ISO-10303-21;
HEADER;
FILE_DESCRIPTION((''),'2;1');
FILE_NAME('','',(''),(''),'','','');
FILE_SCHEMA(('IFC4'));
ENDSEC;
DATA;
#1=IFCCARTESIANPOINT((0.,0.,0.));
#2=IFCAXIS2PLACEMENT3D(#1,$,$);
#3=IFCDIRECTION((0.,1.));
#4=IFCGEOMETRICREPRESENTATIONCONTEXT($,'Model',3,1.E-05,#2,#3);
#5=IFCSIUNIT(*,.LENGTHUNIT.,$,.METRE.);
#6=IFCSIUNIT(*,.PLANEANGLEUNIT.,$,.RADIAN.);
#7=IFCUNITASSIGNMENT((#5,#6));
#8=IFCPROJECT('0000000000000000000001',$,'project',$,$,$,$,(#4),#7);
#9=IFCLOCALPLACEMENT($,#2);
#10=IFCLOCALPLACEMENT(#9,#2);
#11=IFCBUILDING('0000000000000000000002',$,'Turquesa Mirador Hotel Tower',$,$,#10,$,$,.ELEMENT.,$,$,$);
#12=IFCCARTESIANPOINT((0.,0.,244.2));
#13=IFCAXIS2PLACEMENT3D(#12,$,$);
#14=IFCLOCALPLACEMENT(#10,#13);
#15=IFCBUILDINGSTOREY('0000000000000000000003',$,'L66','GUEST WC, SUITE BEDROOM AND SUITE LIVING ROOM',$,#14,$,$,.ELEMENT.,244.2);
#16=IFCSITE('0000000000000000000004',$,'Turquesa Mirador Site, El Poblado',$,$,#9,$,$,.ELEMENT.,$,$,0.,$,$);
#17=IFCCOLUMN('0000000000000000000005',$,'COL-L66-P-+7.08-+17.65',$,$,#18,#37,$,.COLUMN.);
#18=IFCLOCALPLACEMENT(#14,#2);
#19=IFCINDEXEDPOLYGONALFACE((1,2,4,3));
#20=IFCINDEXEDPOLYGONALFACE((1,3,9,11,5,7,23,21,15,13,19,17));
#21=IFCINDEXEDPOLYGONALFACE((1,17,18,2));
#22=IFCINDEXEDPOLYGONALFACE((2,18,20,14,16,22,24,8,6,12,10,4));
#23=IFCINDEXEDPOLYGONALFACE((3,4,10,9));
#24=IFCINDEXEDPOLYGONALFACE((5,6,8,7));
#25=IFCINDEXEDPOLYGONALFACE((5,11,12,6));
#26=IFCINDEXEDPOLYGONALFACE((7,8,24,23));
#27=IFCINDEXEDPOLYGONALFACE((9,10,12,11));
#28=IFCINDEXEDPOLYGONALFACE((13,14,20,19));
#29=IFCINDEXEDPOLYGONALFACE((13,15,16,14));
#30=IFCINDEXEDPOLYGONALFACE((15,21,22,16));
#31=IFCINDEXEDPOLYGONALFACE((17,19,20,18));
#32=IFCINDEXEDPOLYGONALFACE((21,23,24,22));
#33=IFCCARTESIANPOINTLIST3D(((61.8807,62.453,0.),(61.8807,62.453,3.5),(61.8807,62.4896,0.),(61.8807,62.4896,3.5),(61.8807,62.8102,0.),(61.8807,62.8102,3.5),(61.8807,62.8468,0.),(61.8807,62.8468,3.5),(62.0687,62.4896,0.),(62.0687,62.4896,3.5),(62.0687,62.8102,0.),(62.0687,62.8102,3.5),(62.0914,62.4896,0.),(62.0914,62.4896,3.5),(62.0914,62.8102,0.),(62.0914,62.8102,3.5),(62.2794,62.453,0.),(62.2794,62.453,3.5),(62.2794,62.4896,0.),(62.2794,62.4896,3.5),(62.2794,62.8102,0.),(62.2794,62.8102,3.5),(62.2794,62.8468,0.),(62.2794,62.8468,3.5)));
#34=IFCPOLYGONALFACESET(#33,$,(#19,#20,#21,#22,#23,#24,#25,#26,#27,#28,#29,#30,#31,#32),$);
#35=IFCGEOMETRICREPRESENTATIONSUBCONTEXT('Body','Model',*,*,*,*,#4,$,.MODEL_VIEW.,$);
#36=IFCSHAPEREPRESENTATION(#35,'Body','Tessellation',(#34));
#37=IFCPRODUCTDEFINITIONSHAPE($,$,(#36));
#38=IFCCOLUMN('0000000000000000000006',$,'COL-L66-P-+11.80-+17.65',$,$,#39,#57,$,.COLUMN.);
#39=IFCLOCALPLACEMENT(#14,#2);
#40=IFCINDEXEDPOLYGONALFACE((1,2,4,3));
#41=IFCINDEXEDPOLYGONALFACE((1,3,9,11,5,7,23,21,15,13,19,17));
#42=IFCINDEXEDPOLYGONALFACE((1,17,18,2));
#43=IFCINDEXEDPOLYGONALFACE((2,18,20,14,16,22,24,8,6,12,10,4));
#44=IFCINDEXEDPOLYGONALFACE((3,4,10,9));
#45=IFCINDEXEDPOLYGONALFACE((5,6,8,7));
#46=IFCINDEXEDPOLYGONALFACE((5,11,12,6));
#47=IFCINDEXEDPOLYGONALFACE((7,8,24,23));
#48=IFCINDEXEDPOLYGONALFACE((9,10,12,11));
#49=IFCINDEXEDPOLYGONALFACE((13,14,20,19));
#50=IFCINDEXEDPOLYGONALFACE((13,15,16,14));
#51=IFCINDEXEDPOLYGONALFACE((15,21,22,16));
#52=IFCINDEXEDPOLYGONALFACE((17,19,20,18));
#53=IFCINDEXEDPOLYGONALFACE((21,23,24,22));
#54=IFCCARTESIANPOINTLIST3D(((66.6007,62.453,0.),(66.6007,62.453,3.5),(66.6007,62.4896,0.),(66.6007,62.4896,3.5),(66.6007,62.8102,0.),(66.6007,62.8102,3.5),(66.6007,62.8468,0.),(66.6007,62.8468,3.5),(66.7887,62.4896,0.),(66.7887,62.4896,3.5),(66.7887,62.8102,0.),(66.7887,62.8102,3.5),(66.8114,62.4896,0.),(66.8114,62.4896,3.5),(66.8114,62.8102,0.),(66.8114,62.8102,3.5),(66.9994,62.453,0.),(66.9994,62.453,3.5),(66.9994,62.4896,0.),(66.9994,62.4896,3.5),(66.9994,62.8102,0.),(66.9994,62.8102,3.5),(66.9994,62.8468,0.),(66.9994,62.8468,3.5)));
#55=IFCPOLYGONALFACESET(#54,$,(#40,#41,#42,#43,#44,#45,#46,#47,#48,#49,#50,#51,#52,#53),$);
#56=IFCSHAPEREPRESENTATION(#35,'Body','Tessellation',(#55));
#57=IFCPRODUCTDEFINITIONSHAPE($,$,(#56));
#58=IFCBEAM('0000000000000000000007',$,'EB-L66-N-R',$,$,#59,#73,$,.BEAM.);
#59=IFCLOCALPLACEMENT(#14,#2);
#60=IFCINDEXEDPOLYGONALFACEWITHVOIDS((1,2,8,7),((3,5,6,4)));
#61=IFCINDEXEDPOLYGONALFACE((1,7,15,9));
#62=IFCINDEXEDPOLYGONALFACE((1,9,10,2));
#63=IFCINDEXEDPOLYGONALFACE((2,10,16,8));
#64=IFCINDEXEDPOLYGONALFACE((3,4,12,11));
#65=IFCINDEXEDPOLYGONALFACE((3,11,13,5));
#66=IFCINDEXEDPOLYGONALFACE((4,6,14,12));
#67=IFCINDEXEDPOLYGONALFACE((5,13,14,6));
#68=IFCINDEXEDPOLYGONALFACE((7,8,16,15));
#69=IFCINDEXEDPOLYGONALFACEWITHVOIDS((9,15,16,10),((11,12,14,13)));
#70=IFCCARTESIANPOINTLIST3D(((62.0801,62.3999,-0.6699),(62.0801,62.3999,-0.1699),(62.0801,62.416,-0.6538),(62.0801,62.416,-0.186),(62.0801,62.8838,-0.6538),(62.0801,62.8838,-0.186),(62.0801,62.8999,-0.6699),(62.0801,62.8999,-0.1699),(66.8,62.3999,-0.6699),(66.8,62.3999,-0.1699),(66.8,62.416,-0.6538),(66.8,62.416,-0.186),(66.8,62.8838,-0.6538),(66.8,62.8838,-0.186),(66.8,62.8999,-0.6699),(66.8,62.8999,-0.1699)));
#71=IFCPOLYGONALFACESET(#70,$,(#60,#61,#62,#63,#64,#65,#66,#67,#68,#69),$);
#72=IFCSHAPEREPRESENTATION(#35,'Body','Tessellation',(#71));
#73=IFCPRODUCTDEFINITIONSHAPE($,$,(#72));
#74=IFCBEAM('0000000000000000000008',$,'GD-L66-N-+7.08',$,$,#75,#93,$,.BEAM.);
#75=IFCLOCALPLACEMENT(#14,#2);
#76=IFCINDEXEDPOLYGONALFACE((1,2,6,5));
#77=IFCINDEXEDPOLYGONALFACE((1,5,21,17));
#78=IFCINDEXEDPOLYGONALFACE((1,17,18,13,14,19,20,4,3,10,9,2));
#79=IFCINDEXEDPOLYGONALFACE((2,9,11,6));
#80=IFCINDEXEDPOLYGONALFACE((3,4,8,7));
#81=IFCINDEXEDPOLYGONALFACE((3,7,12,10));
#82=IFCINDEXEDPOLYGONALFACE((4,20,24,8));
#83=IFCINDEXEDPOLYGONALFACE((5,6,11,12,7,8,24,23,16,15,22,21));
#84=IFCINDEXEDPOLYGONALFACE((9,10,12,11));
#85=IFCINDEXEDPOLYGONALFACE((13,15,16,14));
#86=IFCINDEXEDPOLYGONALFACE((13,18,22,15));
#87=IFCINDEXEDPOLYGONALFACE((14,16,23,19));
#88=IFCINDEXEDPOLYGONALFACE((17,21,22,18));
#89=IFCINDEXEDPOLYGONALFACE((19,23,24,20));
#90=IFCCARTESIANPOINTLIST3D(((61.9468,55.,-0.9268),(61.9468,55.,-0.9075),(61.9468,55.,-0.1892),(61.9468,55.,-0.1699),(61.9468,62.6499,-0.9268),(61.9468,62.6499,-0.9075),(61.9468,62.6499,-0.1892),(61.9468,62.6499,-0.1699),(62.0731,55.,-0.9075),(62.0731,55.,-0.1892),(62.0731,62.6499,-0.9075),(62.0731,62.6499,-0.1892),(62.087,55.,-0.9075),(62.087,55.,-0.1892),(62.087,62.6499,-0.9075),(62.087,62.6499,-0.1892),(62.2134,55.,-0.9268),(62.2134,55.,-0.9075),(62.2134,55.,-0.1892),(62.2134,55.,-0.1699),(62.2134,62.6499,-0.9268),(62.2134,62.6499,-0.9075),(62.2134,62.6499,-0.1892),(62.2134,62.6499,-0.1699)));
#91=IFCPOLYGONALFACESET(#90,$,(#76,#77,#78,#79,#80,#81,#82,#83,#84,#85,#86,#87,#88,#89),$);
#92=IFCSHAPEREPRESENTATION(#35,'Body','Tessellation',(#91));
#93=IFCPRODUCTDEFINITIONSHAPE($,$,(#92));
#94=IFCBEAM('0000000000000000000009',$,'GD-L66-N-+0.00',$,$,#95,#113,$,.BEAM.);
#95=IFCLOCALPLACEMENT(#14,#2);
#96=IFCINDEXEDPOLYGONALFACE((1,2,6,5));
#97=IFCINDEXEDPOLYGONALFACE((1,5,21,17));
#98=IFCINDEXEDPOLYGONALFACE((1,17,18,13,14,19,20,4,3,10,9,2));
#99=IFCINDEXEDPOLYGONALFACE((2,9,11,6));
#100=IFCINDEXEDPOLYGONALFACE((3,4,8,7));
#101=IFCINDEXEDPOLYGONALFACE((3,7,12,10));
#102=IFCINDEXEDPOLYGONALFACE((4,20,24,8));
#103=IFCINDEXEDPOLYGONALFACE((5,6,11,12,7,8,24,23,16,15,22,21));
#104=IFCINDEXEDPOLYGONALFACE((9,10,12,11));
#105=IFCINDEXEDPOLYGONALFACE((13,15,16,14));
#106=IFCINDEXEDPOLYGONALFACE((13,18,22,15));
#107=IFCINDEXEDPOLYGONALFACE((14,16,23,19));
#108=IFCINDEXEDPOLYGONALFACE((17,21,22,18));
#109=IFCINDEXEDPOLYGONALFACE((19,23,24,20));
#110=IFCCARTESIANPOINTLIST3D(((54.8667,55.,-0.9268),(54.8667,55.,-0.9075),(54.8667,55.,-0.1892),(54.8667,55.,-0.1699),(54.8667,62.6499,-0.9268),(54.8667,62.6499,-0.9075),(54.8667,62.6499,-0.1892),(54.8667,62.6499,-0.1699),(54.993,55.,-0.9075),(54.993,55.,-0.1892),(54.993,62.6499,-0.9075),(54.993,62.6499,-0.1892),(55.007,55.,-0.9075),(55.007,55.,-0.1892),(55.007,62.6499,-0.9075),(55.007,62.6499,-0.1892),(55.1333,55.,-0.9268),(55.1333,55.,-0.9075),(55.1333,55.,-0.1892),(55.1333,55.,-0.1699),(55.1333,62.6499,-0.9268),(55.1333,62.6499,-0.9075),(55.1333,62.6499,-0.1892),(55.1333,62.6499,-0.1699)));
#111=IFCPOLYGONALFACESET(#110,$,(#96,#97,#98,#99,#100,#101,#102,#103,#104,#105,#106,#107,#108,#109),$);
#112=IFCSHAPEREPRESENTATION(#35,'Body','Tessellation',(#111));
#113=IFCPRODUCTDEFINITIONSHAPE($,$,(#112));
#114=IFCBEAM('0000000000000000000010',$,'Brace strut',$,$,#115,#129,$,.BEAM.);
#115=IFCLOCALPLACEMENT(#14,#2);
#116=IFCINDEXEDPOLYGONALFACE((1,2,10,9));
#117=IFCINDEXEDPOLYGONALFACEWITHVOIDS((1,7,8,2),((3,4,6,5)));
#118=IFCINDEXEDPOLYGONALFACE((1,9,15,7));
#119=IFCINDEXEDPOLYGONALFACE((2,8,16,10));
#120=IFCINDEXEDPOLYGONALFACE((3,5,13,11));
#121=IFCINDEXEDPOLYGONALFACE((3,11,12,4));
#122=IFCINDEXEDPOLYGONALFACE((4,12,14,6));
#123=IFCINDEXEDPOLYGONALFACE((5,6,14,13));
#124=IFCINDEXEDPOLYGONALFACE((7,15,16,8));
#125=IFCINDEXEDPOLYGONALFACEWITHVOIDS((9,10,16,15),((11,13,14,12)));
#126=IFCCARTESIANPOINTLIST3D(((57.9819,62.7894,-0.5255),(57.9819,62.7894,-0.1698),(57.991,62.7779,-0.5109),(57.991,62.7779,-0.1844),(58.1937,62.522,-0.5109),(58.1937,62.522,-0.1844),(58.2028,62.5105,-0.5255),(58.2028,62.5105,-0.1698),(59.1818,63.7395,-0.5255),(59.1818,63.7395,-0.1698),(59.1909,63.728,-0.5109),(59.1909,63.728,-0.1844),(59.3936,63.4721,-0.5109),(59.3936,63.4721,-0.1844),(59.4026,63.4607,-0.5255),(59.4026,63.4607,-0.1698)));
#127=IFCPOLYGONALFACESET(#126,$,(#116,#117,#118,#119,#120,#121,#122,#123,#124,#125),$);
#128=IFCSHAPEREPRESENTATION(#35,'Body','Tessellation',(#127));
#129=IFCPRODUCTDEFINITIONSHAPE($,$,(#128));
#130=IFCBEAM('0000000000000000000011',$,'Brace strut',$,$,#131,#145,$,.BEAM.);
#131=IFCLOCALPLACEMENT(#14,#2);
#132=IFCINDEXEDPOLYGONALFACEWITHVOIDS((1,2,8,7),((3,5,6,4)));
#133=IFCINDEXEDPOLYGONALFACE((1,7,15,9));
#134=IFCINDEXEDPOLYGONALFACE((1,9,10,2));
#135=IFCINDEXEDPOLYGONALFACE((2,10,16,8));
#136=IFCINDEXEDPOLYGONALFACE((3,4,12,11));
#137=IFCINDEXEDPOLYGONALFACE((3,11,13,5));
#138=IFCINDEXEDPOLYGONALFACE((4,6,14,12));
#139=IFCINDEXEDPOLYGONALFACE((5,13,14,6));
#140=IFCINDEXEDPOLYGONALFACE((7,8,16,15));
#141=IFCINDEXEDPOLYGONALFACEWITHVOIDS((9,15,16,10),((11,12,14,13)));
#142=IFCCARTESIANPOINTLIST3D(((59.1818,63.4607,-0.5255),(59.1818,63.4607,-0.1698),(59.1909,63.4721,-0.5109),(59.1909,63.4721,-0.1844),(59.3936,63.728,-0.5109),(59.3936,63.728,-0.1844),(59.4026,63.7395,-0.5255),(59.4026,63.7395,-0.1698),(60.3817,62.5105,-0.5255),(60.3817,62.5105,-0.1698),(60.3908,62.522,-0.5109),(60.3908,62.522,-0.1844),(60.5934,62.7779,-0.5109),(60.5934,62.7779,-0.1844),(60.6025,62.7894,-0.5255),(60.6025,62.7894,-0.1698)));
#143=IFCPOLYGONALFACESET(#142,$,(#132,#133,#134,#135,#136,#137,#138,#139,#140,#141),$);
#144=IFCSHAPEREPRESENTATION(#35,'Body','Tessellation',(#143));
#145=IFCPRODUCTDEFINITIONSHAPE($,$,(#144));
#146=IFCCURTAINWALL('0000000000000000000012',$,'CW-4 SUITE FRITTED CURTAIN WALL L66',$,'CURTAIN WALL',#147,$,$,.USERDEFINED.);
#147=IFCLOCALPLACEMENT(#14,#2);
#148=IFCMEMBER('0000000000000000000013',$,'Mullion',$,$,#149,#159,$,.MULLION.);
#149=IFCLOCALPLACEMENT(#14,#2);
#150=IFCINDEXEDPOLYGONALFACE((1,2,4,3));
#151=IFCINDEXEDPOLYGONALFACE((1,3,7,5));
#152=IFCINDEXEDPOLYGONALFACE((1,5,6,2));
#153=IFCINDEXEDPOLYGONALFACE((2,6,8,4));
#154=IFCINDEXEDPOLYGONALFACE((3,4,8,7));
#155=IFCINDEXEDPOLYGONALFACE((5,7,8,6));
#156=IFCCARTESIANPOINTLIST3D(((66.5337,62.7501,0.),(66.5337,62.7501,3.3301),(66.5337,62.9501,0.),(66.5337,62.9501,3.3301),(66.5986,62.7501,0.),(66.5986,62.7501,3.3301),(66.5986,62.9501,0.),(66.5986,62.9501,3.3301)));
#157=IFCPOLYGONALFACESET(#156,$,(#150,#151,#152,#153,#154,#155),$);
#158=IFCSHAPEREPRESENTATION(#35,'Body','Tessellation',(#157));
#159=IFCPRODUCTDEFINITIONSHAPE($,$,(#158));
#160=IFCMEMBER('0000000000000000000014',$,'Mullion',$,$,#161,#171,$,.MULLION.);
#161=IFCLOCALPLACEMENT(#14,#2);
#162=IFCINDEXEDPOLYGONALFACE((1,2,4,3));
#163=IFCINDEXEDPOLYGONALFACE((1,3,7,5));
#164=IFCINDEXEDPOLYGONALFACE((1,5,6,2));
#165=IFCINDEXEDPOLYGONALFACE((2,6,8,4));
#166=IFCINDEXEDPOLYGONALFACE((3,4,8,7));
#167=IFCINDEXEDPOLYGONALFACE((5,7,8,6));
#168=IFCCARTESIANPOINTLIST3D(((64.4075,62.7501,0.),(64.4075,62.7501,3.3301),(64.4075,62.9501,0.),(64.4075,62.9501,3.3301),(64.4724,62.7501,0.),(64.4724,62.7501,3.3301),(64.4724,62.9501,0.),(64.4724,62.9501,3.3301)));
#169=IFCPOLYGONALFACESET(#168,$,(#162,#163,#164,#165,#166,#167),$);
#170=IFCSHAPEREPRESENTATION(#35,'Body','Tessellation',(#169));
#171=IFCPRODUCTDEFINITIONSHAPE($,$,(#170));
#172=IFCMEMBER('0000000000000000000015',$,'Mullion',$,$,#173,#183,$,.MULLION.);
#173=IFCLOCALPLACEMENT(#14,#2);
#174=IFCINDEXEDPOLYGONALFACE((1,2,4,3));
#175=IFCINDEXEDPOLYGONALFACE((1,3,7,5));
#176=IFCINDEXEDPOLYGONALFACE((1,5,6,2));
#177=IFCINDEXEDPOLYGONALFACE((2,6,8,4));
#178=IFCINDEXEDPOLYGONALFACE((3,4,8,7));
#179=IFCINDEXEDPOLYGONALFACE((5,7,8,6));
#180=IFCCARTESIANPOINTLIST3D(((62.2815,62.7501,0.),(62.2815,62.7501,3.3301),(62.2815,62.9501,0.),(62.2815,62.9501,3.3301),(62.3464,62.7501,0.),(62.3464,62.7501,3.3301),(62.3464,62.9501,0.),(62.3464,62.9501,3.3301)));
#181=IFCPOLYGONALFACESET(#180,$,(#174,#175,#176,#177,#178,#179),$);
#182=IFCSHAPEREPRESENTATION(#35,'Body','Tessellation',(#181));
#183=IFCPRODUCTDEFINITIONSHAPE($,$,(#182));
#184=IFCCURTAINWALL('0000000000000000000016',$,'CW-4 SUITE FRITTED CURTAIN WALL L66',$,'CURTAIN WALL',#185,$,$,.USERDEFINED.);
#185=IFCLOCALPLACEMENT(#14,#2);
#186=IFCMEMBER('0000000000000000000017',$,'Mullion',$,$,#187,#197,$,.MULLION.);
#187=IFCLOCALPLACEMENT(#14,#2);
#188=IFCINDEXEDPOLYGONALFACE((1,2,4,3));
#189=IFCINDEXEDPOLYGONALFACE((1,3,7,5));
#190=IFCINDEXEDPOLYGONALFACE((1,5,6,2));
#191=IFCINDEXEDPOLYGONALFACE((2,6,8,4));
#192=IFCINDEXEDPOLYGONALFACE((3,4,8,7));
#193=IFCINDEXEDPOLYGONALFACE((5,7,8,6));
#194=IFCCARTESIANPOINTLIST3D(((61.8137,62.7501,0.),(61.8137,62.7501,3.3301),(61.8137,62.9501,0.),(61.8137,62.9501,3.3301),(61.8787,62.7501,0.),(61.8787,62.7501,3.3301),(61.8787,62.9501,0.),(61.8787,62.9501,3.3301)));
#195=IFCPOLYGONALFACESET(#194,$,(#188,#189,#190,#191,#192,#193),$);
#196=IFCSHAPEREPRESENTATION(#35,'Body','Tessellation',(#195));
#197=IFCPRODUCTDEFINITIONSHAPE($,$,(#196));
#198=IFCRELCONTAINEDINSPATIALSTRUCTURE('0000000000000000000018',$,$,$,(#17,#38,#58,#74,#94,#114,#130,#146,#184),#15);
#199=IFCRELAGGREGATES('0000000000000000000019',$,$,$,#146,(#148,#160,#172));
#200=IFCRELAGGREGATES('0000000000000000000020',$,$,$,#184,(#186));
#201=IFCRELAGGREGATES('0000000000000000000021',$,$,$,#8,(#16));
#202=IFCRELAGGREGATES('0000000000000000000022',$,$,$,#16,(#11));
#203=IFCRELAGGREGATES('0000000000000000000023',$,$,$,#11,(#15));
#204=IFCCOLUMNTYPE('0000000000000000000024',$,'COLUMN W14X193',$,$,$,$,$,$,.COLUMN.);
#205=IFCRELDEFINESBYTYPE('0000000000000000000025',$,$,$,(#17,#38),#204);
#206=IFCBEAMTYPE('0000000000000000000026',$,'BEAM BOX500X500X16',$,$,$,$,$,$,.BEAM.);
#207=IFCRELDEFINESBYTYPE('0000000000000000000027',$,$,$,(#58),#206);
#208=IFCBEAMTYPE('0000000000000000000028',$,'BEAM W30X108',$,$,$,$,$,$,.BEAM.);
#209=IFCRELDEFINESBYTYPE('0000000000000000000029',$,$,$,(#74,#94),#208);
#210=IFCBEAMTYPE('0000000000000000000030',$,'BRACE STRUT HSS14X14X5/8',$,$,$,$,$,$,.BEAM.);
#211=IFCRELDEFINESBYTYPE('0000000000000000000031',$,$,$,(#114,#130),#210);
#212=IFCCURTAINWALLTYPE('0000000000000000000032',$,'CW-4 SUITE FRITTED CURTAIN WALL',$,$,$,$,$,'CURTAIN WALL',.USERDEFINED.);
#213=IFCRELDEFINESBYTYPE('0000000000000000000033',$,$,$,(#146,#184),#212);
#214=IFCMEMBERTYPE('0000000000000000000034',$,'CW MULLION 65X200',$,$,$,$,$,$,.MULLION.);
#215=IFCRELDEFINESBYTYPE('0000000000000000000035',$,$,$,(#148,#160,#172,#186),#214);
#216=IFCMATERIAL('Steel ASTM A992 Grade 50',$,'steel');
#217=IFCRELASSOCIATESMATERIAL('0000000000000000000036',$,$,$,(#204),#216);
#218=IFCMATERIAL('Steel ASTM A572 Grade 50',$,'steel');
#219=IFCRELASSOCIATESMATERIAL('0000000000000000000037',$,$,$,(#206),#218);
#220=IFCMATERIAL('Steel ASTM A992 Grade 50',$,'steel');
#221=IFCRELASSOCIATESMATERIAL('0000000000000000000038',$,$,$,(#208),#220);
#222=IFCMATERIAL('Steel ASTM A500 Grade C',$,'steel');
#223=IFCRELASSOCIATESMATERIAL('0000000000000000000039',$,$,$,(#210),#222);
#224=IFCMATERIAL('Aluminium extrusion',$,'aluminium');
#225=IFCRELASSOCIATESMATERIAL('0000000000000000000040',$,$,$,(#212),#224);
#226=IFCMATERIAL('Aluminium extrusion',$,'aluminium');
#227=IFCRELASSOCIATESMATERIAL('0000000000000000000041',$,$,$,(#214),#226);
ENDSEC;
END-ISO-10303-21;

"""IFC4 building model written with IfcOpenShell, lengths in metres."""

from ifc_helpers import new_model, si_unit, direction, frame, origin, origin_2d, place, context, subcontext, project, spatial, rectangle, hollow_rectangle, i_section, extrude, material, material_profile, profile_set, type_object, element, aggregate, save


model = new_model("IFC4")

# Units and contexts
model_context = context("Model", 3, precision=1e-05, world=origin(), true_north=direction((0.0, 1.0)))
body_context = subcontext(model_context, "Body", "Model", "MODEL_VIEW")
ifc_project = project(units=[si_unit("LENGTHUNIT", "METRE"), si_unit("PLANEANGLEUNIT", "RADIAN")], contexts=[model_context])

# Site, building, storey
site_placement = place(None, origin())
site = spatial("IfcSite", under=ifc_project, at=site_placement, Name="Turquesa Mirador Site, El Poblado", CompositionType="ELEMENT", RefElevation=0.0)
building_placement = place(site_placement, origin())
building = spatial("IfcBuilding", under=site, at=building_placement, Name="Turquesa Mirador Hotel Tower", CompositionType="ELEMENT")
storey_placement = place(building_placement, frame((0.0, 0.0, 244.2)))
storey = spatial("IfcBuildingStorey", under=building, at=storey_placement, Name="L66", Description="GUEST WC, SUITE BEDROOM AND SUITE LIVING ROOM", CompositionType="ELEMENT", Elevation=244.2)

# Columns
ifc_material_1 = material(Name="Steel ASTM A992 Grade 50", Category="steel")
ifc_material_profile_1 = material_profile(ifc_material_1, i_section(OverallWidth=0.3987, OverallDepth=0.3938, WebThickness=0.0227, FlangeThickness=0.0366, at=origin_2d()), Name="W14X193")
ifc_profile_set_1 = profile_set([ifc_material_profile_1], Name="Steel ASTM A992 Grade 50")
column_type = type_object("IfcColumnType", Name="COLUMN W14X193", PredefinedType="COLUMN", material=ifc_profile_set_1)
for number, where, z_axis, x_axis, name in (
    (1, (62.0801, 62.6499, 0.0), (0.0, 0.0, 1.0), (1.0, 0.0, 0.0), "COL-L66-P-+7.08-+17.65"),
    (2, (66.8, 62.6499, 0.0), (0.0, 0.0, 1.0), (1.0, 0.0, 0.0), "COL-L66-P-+11.80-+17.65"),
):
    element("IfcColumn", number, at=place(storey_placement, frame(where, z_axis=z_axis, x_axis=x_axis)), inside=storey, type_object=column_type, Name=name, PredefinedType="COLUMN", context=body_context, shape_type="SweptSolid", body=[
        extrude(i_section(OverallWidth=0.3987, OverallDepth=0.3938, WebThickness=0.0227, FlangeThickness=0.0366, at=origin_2d()), origin(), (0.0, 0.0, 1.0), 3.5),
    ])

# Beams
ifc_material_2 = material(Name="Steel ASTM A572 Grade 50", Category="steel")
ifc_material_profile_2 = material_profile(ifc_material_2, hollow_rectangle(XDim=0.5, YDim=0.5, WallThickness=0.0161, at=origin_2d()), Name="BOX500X500X16")
ifc_profile_set_2 = profile_set([ifc_material_profile_2], Name="Steel ASTM A572 Grade 50")
beam_type_1 = type_object("IfcBeamType", Name="BEAM BOX500X500X16", PredefinedType="BEAM", material=ifc_profile_set_2)
beam_placement = place(storey_placement, frame((62.0801, 62.6499, -0.4199), z_axis=(1.0, 0.0, 0.0), x_axis=(0.0, 1.0, 0.0)))
element("IfcBeam", 3, at=beam_placement, inside=storey, type_object=beam_type_1, Name="EB-L66-N-R", PredefinedType="BEAM", context=body_context, shape_type="SweptSolid", body=[
    extrude(hollow_rectangle(XDim=0.5, YDim=0.5, WallThickness=0.0161, at=origin_2d()), origin(), (0.0, 0.0, 1.0), 4.72),
])
ifc_material_3 = material(Name="Steel ASTM A992 Grade 50", Category="steel")
ifc_material_profile_3 = material_profile(ifc_material_3, i_section(OverallWidth=0.2666, OverallDepth=0.7568, WebThickness=0.0139, FlangeThickness=0.0193, at=origin_2d()), Name="W30X108")
ifc_profile_set_3 = profile_set([ifc_material_profile_3], Name="Steel ASTM A992 Grade 50")
beam_type_2 = type_object("IfcBeamType", Name="BEAM W30X108", PredefinedType="BEAM", material=ifc_profile_set_3)
for number, where, z_axis, x_axis, name in (
    (4, (62.0801, 62.6499, -0.5483), (0.0, -1.0, 0.0), (1.0, 0.0, 0.0), "GD-L66-N-+7.08"),
    (5, (55.0, 62.6499, -0.5483), (0.0, -1.0, 0.0), (1.0, 0.0, 0.0), "GD-L66-N-+0.00"),
):
    element("IfcBeam", number, at=place(storey_placement, frame(where, z_axis=z_axis, x_axis=x_axis)), inside=storey, type_object=beam_type_2, Name=name, PredefinedType="BEAM", context=body_context, shape_type="SweptSolid", body=[
        extrude(i_section(OverallWidth=0.2666, OverallDepth=0.7568, WebThickness=0.0139, FlangeThickness=0.0193, at=origin_2d()), origin(), (0.0, 0.0, 1.0), 7.6499),
    ])
ifc_material_4 = material(Name="Steel ASTM A500 Grade C", Category="steel")
ifc_material_profile_4 = material_profile(ifc_material_4, hollow_rectangle(XDim=0.3557, YDim=0.3557, WallThickness=0.0146, at=origin_2d()), Name="HSS14X14X5/8")
ifc_profile_set_4 = profile_set([ifc_material_profile_4], Name="Steel ASTM A500 Grade C")
beam_type_3 = type_object("IfcBeamType", Name="BRACE STRUT HSS14X14X5/8", PredefinedType="BEAM", material=ifc_profile_set_4)
for number, where, z_axis, x_axis, name in (
    (6, (59.2922, 63.6001, -0.3477), (-0.783971, -0.620797, 0.0), (0.620797, -0.783971, 0.0), "Brace strut"),
    (7, (59.2922, 63.6001, -0.3477), (0.783971, -0.620797, 0.0), (0.620797, 0.783971, 0.0), "Brace strut"),
):
    element("IfcBeam", number, at=place(storey_placement, frame(where, z_axis=z_axis, x_axis=x_axis)), inside=storey, type_object=beam_type_3, Name=name, PredefinedType="BEAM", context=body_context, shape_type="SweptSolid", body=[
        extrude(hollow_rectangle(XDim=0.3557, YDim=0.3557, WallThickness=0.0146, at=origin_2d()), origin(), (0.0, 0.0, 1.0), 1.5305),
    ])

# Curtain walls, members
ifc_material_5 = material(Name="Aluminium extrusion", Category="aluminium")
curtain_wall_type = type_object("IfcCurtainWallType", Name="CW-4 SUITE FRITTED CURTAIN WALL", ElementType="CURTAIN WALL", PredefinedType="USERDEFINED", material=ifc_material_5)
curtain_wall_1_placement = place(storey_placement, origin())
curtain_wall_1 = element("IfcCurtainWall", 8, at=curtain_wall_1_placement, inside=storey, type_object=curtain_wall_type, Name="CW-4 SUITE FRITTED CURTAIN WALL L66", ObjectType="CURTAIN WALL", PredefinedType="USERDEFINED")
ifc_material_6 = material(Name="Aluminium extrusion", Category="aluminium")
ifc_material_profile_5 = material_profile(ifc_material_6, rectangle(XDim=0.0649, YDim=0.2, at=origin_2d()), Name="MULLION 65X200")
ifc_profile_set_5 = profile_set([ifc_material_profile_5], Name="Aluminium extrusion")
member_type_1 = type_object("IfcMemberType", Name="CW MULLION 65X200", PredefinedType="MULLION", material=ifc_profile_set_5)
member_1_placement = place(storey_placement, frame((66.5662, 62.8501, 0.0), z_axis=(0.0, 0.0, 1.0), x_axis=(-1.0, 0.0, 0.0)))
member_1 = element("IfcMember", 9, at=member_1_placement, type_object=member_type_1, Name="Mullion", PredefinedType="MULLION", context=body_context, shape_type="SweptSolid", body=[
    extrude(rectangle(XDim=0.0649, YDim=0.2, at=origin_2d()), origin(), (0.0, 0.0, 1.0), 3.3301),
])
member_2_placement = place(storey_placement, frame((64.4399, 62.8501, 0.0), z_axis=(0.0, 0.0, 1.0), x_axis=(-1.0, 0.0, 0.0)))
member_2 = element("IfcMember", 10, at=member_2_placement, type_object=member_type_1, Name="Mullion", PredefinedType="MULLION", context=body_context, shape_type="SweptSolid", body=[
    extrude(rectangle(XDim=0.0649, YDim=0.2, at=origin_2d()), origin(), (0.0, 0.0, 1.0), 3.3301),
])
member_3_placement = place(storey_placement, frame((62.314, 62.8501, 0.0), z_axis=(0.0, 0.0, 1.0), x_axis=(-1.0, 0.0, 0.0)))
member_3 = element("IfcMember", 11, at=member_3_placement, type_object=member_type_1, Name="Mullion", PredefinedType="MULLION", context=body_context, shape_type="SweptSolid", body=[
    extrude(rectangle(XDim=0.0649, YDim=0.2, at=origin_2d()), origin(), (0.0, 0.0, 1.0), 3.3301),
])
curtain_wall_2_placement = place(storey_placement, origin())
curtain_wall_2 = element("IfcCurtainWall", 12, at=curtain_wall_2_placement, inside=storey, type_object=curtain_wall_type, Name="CW-4 SUITE FRITTED CURTAIN WALL L66", ObjectType="CURTAIN WALL", PredefinedType="USERDEFINED")
member_4_placement = place(storey_placement, frame((61.8462, 62.8501, 0.0), z_axis=(0.0, 0.0, 1.0), x_axis=(-1.0, 0.0, 0.0)))
member_4 = element("IfcMember", 13, at=member_4_placement, type_object=member_type_1, Name="Mullion", PredefinedType="MULLION", context=body_context, shape_type="SweptSolid", body=[
    extrude(rectangle(XDim=0.0649, YDim=0.2, at=origin_2d()), origin(), (0.0, 0.0, 1.0), 3.3301),
])

aggregate(curtain_wall_1, [member_1, member_2, member_3])
aggregate(curtain_wall_2, [member_4])

save(model, "model.ifc")
